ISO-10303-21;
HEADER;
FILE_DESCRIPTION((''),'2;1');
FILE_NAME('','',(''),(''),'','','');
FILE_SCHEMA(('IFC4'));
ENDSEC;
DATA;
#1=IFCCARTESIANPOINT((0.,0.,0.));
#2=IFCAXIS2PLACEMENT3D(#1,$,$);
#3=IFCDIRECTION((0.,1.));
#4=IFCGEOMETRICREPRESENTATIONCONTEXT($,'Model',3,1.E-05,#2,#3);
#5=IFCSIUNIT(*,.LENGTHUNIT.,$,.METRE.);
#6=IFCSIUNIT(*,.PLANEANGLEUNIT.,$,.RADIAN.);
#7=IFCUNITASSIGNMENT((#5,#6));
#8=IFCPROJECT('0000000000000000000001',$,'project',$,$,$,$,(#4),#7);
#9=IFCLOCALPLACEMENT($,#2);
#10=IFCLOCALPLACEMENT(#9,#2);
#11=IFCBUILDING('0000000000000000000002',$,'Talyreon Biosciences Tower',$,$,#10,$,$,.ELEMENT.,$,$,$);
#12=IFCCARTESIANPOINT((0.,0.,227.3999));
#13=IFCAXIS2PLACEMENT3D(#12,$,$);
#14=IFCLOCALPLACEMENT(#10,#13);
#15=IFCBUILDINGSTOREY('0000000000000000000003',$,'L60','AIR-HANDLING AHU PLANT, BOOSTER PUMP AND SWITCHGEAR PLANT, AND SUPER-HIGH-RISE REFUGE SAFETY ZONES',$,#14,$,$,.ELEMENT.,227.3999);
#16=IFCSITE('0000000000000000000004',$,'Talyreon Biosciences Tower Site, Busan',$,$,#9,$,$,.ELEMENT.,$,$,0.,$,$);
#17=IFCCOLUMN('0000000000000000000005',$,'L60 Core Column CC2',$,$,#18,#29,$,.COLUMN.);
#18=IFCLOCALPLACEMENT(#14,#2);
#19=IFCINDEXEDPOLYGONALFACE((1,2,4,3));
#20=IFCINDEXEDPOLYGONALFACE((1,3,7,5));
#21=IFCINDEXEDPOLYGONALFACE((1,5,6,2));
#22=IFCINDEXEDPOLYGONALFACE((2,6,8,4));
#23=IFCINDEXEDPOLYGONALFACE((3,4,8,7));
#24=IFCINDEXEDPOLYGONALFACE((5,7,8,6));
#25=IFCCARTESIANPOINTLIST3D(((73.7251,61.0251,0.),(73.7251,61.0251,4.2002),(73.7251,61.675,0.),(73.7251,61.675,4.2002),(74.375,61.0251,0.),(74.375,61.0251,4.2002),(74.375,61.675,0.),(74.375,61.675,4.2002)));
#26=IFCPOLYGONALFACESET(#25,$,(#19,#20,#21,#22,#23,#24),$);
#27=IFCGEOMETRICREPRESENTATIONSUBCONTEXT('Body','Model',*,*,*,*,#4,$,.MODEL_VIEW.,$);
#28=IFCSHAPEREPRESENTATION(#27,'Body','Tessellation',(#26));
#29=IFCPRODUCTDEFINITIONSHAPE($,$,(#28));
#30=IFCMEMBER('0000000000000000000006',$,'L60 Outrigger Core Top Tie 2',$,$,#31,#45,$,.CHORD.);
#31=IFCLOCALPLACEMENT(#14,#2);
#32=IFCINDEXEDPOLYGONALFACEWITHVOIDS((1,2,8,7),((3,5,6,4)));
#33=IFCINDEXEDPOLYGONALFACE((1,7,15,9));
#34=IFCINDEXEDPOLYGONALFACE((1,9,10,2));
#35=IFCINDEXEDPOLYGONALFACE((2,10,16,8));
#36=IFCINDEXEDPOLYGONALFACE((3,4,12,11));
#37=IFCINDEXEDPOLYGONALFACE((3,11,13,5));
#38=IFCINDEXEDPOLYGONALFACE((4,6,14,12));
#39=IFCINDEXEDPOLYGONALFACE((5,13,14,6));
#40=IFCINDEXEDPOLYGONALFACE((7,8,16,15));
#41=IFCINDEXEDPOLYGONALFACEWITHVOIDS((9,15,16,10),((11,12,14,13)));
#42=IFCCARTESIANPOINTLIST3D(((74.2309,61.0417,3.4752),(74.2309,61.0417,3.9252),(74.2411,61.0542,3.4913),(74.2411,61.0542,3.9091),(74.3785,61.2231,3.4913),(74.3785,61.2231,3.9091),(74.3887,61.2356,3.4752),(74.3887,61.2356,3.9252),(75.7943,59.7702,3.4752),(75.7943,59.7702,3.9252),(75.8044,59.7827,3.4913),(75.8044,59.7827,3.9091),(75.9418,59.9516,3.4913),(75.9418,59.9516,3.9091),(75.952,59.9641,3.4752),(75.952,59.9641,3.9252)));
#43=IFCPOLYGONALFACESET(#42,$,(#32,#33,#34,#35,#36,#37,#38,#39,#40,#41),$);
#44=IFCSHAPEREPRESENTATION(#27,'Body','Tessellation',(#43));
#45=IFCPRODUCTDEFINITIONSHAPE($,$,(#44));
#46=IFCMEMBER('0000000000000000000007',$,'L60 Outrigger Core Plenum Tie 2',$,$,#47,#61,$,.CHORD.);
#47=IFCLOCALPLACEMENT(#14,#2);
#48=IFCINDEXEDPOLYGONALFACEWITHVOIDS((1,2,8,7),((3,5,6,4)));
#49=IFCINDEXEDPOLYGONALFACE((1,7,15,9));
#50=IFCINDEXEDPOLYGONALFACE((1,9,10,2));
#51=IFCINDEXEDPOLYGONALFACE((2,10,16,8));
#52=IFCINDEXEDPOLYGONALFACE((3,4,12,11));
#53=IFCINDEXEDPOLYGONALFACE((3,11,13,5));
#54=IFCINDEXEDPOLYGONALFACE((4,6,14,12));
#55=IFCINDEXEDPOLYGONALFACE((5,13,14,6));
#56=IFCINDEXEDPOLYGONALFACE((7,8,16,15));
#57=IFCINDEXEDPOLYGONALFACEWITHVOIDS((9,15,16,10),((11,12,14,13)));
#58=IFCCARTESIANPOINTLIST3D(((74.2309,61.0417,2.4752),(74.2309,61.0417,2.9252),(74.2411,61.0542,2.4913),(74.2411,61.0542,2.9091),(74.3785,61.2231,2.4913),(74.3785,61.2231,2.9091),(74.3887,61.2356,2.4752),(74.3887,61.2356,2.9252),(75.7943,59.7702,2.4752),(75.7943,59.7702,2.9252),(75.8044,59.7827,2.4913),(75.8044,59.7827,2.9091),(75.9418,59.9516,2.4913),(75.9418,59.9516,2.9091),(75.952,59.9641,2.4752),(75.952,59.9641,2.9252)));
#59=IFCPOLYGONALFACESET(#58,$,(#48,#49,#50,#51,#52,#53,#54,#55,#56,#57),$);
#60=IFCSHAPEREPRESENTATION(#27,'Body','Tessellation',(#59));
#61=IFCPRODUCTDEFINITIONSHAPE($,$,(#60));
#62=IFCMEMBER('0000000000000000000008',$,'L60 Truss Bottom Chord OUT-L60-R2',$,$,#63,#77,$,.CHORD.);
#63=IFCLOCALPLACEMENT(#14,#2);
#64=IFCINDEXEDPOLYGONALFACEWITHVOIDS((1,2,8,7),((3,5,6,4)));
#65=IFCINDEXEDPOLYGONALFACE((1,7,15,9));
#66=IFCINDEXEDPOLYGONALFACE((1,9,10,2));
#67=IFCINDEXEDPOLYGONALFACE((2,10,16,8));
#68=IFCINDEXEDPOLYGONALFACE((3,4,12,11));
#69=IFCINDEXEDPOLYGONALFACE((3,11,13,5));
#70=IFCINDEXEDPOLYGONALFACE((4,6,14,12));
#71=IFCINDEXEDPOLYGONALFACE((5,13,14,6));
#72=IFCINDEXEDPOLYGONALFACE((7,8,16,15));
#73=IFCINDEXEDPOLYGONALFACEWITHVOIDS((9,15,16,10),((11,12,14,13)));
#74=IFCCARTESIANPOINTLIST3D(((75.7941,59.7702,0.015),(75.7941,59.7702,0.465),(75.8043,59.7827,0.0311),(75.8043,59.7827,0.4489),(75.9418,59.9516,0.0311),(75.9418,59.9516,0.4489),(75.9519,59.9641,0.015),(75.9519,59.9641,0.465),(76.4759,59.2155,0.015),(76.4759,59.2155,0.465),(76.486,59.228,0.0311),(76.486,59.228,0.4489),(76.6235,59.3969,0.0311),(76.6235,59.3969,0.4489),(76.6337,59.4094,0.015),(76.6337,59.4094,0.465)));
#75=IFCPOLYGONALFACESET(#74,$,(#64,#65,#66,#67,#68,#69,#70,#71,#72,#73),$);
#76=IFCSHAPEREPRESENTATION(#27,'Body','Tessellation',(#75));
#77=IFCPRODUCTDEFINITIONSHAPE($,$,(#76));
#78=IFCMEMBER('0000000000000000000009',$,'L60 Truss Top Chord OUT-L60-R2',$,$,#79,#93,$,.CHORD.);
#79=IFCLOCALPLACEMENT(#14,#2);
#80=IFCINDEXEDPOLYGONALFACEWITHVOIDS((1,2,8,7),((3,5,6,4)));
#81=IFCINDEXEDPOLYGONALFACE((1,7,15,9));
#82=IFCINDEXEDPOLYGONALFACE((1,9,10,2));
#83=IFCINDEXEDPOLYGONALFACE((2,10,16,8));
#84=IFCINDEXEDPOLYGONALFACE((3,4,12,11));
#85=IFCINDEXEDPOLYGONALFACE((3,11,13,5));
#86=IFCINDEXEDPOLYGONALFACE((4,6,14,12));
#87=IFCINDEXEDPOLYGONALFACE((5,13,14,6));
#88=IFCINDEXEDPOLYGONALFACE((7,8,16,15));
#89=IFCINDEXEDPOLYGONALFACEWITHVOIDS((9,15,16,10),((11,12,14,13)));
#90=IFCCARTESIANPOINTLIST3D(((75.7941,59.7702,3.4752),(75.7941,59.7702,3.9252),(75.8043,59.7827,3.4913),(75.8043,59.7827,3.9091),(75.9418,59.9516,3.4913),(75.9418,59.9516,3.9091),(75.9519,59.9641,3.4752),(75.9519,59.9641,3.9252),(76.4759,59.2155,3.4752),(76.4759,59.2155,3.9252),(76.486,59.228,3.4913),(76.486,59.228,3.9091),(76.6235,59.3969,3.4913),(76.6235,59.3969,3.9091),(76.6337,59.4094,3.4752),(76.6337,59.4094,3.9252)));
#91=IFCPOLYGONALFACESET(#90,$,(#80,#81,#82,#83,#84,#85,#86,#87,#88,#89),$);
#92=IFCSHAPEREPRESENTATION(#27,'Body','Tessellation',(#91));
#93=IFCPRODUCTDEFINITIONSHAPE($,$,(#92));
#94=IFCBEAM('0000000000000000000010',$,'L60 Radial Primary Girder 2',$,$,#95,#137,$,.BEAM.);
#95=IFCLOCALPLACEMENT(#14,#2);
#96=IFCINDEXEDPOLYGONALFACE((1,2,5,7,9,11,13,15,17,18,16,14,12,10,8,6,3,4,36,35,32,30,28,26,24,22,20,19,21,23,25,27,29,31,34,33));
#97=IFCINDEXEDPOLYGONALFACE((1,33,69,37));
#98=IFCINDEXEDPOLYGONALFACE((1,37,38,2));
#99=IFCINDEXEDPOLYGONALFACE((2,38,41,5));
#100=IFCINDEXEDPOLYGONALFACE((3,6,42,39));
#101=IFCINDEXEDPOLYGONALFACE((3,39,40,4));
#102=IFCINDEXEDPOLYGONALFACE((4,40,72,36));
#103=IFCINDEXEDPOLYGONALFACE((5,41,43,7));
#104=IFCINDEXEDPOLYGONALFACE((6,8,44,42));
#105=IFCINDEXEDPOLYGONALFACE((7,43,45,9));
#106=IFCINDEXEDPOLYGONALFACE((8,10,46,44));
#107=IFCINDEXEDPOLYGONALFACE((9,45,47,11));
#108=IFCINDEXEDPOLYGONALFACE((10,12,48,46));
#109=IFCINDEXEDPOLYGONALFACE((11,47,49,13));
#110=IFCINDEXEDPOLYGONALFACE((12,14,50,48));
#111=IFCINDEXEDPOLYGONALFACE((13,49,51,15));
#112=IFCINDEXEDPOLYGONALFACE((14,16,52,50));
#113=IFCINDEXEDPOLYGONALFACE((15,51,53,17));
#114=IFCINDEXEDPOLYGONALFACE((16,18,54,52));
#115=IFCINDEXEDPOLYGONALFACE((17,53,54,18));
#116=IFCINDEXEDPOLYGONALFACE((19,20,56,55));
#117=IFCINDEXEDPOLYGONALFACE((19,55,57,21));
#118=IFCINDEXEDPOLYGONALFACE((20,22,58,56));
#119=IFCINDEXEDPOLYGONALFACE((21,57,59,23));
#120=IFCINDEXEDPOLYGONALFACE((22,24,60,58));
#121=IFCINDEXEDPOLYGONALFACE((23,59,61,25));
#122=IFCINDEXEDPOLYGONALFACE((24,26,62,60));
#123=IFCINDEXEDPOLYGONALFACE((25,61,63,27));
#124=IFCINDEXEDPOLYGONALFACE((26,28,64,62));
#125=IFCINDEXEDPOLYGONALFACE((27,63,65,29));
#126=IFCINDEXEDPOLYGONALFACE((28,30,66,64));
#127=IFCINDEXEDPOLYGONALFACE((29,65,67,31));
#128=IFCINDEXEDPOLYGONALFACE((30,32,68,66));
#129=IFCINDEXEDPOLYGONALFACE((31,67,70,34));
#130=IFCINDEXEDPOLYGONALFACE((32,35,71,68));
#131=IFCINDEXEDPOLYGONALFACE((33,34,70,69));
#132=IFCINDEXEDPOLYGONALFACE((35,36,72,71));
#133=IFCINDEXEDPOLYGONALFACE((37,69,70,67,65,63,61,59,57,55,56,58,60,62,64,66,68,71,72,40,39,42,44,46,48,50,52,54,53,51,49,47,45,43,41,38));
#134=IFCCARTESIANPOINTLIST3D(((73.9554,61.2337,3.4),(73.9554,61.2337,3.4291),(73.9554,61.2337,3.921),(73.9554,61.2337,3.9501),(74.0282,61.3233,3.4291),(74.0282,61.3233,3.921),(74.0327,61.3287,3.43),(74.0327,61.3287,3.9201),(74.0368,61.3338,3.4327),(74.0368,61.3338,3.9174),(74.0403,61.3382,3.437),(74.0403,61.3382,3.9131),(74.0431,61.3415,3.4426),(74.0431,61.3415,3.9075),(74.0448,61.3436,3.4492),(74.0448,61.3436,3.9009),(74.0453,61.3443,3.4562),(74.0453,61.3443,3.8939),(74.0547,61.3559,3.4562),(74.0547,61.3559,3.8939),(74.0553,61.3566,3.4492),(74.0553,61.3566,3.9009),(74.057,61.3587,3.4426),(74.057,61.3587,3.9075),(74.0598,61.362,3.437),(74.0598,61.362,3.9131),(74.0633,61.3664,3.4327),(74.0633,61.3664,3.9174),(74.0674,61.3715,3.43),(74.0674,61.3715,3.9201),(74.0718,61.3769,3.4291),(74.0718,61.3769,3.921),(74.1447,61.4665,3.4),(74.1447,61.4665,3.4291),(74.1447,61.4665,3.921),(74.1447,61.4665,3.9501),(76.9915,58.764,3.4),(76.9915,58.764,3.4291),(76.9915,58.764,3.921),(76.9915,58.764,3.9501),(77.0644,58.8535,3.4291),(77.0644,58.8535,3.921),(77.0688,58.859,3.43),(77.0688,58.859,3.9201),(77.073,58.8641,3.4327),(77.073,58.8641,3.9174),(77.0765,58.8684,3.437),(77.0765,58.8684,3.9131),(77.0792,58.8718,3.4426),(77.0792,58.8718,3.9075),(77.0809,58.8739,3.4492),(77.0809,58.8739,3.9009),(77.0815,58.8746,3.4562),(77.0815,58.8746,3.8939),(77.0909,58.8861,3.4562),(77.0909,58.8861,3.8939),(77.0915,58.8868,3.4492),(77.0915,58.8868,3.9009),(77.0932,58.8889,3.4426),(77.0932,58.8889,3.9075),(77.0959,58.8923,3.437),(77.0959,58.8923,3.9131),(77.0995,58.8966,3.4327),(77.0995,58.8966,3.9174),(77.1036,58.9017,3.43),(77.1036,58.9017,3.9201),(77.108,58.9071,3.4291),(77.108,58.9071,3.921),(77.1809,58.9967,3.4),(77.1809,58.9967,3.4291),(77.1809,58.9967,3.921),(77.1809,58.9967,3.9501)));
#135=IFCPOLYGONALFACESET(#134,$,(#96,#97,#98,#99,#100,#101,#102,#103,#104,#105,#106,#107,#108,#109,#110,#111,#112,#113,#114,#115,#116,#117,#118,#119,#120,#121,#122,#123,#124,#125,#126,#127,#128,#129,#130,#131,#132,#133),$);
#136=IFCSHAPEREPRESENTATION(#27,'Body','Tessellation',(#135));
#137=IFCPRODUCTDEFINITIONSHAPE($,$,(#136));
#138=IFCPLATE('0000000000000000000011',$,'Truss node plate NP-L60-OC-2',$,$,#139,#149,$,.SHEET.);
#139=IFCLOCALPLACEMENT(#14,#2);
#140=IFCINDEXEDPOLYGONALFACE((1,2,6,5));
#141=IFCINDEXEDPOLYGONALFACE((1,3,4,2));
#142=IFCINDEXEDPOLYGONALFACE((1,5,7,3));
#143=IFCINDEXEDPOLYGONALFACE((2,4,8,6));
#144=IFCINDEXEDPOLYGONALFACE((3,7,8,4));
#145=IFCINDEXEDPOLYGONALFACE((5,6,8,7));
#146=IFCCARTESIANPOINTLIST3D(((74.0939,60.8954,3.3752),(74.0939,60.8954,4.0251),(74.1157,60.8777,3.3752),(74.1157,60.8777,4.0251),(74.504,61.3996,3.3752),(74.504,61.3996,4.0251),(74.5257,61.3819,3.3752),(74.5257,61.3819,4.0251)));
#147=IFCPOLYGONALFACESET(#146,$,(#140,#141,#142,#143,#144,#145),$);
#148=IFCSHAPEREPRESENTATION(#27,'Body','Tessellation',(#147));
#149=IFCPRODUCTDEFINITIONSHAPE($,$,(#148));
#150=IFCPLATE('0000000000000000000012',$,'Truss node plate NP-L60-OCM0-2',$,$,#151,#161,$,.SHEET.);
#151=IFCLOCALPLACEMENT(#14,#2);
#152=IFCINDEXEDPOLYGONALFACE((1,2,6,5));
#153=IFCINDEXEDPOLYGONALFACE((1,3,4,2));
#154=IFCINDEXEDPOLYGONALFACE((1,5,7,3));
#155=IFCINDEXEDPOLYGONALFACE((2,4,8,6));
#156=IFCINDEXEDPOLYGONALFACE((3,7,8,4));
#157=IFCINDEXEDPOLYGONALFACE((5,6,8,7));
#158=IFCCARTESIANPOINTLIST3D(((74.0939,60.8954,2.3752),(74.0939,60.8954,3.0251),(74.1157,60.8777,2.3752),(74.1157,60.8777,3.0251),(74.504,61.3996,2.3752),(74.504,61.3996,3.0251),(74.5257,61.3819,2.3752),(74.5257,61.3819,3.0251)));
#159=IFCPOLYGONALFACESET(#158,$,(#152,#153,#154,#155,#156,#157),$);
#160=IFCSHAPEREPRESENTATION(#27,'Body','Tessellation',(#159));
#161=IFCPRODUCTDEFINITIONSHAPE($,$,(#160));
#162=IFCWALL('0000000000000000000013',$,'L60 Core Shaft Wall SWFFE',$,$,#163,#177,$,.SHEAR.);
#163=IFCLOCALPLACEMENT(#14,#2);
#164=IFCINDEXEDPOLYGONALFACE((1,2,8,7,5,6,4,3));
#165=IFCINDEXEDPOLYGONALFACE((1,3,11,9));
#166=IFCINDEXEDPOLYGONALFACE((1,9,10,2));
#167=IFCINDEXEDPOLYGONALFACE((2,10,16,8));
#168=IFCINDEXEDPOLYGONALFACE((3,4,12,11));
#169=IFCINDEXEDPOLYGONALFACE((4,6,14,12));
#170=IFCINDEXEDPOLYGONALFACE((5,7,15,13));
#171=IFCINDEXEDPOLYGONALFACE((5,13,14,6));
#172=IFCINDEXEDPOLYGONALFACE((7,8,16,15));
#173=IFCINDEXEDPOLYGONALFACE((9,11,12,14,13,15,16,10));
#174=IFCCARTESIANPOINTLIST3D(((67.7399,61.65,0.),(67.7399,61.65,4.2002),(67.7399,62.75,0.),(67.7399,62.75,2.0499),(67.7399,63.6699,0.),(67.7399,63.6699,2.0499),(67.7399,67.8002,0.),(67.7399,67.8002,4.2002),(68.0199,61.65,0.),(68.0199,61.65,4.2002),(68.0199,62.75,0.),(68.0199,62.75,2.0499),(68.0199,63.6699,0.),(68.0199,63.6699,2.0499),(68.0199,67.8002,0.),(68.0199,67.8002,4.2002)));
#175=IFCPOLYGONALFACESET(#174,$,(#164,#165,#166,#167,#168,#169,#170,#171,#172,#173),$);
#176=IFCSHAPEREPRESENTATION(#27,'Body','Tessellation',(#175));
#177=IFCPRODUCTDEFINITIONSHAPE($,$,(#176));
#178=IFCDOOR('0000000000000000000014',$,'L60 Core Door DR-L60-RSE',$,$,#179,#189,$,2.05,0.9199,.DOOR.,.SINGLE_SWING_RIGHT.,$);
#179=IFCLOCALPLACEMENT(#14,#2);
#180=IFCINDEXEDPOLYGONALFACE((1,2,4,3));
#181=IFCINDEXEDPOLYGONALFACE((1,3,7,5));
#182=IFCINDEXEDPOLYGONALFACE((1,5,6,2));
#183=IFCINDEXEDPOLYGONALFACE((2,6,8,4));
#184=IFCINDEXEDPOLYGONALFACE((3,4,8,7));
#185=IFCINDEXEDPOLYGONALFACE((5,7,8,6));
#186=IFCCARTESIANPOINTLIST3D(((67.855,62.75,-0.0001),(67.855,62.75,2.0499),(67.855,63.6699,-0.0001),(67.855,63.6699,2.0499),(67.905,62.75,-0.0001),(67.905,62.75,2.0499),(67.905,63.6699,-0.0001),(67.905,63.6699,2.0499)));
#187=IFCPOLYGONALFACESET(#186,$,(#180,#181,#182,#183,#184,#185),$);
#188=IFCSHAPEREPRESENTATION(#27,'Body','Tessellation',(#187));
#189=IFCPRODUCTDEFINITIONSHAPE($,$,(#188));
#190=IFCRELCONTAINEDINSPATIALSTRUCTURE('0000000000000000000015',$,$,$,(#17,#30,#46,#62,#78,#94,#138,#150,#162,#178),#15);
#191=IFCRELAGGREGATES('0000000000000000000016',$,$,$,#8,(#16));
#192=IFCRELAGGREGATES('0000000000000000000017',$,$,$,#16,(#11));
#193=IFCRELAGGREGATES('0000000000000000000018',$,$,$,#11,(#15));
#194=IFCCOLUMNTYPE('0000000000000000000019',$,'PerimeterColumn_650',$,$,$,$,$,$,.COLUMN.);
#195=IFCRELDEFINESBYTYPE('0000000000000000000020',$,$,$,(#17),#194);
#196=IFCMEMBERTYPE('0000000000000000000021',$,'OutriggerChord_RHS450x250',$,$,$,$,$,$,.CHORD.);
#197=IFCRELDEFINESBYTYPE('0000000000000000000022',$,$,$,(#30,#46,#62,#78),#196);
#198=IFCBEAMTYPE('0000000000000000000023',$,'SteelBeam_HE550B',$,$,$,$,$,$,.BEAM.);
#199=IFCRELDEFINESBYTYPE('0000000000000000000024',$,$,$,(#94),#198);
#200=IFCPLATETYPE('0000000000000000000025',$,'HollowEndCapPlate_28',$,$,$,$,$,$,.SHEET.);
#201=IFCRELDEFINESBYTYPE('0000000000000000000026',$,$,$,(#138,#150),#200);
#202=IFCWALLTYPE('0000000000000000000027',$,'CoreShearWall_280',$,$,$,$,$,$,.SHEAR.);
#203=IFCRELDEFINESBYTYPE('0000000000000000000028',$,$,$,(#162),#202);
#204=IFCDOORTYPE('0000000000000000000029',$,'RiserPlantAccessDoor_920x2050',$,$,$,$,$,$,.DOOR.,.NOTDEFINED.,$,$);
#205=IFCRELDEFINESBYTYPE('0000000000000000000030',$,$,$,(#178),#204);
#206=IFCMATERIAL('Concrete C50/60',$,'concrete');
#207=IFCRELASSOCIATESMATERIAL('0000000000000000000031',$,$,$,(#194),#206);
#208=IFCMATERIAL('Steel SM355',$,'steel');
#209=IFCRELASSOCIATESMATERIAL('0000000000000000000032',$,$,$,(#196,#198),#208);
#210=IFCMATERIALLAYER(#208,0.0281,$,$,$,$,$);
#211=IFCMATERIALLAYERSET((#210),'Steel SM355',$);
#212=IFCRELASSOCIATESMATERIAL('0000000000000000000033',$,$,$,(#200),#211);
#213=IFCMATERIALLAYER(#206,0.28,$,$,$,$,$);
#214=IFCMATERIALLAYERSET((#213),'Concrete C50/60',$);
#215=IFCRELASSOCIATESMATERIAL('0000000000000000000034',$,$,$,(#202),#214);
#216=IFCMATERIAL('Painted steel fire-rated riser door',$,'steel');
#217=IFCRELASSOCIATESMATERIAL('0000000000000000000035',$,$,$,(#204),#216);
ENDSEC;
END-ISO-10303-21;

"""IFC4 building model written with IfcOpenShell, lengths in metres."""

from ifc_helpers import new_model, si_unit, direction, frame, frame_2d, origin, origin_2d, place, context, subcontext, project, spatial, rectangle, hollow_rectangle, i_section, extrude, material, layer, layer_set, material_profile, profile_set, type_object, element, fill, save


model = new_model("IFC4")

# Units and contexts
model_context = context("Model", 3, precision=1e-05, world=origin(), true_north=direction((0.0, 1.0)))
body_context = subcontext(model_context, "Body", "Model", "MODEL_VIEW")
ifc_project = project(units=[si_unit("LENGTHUNIT", "METRE"), si_unit("PLANEANGLEUNIT", "RADIAN")], contexts=[model_context])

# Site, building, storey
site_placement = place(None, origin())
site = spatial("IfcSite", under=ifc_project, at=site_placement, Name="Talyreon Biosciences Tower Site, Busan", CompositionType="ELEMENT", RefElevation=0.0)
building_placement = place(site_placement, origin())
building = spatial("IfcBuilding", under=site, at=building_placement, Name="Talyreon Biosciences Tower", CompositionType="ELEMENT")
storey_placement = place(building_placement, frame((0.0, 0.0, 227.3999)))
storey = spatial("IfcBuildingStorey", under=building, at=storey_placement, Name="L60", Description="AIR-HANDLING AHU PLANT, BOOSTER PUMP AND SWITCHGEAR PLANT, AND SUPER-HIGH-RISE REFUGE SAFETY ZONES", CompositionType="ELEMENT", Elevation=227.3999)

# Column
ifc_material_1 = material(Name="Concrete C50/60", Category="concrete")
ifc_material_profile_1 = material_profile(ifc_material_1, rectangle(XDim=0.6499, YDim=0.6499, at=origin_2d()), Name="RC 650x650")
ifc_profile_set_1 = profile_set([ifc_material_profile_1], Name="Concrete C50/60")
column_type = type_object("IfcColumnType", Name="PerimeterColumn_650", PredefinedType="COLUMN", material=ifc_profile_set_1)
column_placement = place(storey_placement, frame((74.05, 61.3501, 0.0), z_axis=(0.0, 0.0, 1.0), x_axis=(1.0, 0.0, 0.0)))
element("IfcColumn", 1, at=column_placement, inside=storey, type_object=column_type, Name="L60 Core Column CC2", PredefinedType="COLUMN", context=body_context, shape_type="SweptSolid", body=[
    extrude(rectangle(XDim=0.6499, YDim=0.6499, at=origin_2d()), origin(), (0.0, 0.0, 1.0), 4.2002),
])

# Members
ifc_material_2 = material(Name="Steel SM355", Category="steel")
ifc_material_profile_2 = material_profile(ifc_material_2, hollow_rectangle(XDim=0.25, YDim=0.45, WallThickness=0.0161, at=origin_2d()), Name="RHS 450x250x16")
ifc_profile_set_2 = profile_set([ifc_material_profile_2], Name="Steel SM355")
member_type = type_object("IfcMemberType", Name="OutriggerChord_RHS450x250", PredefinedType="CHORD", material=ifc_profile_set_2)
for number, where, z_axis, x_axis, name in (
    (2, (74.3098, 61.1387, 3.7002), (0.775784, -0.630998, 0.0), (0.630998, 0.775784, 0.0), "L60 Outrigger Core Top Tie 2"),
    (3, (74.3098, 61.1387, 2.7002), (0.775784, -0.630998, 0.0), (0.630998, 0.775784, 0.0), "L60 Outrigger Core Plenum Tie 2"),
):
    element("IfcMember", number, at=place(storey_placement, frame(where, z_axis=z_axis, x_axis=x_axis)), inside=storey, type_object=member_type, Name=name, PredefinedType="CHORD", context=body_context, shape_type="SweptSolid", body=[
        extrude(hollow_rectangle(XDim=0.25, YDim=0.45, WallThickness=0.0161, at=origin_2d()), origin(), (0.0, 0.0, 1.0), 2.0151),
    ])
for number, where, z_axis, x_axis, name in (
    (4, (75.873, 59.8672, 0.24), (0.775638, -0.631178, 0.0), (0.631178, 0.775638, 0.0), "L60 Truss Bottom Chord OUT-L60-R2"),
    (5, (75.873, 59.8672, 3.7002), (0.775638, -0.631178, 0.0), (0.631178, 0.775638, 0.0), "L60 Truss Top Chord OUT-L60-R2"),
):
    element("IfcMember", number, at=place(storey_placement, frame(where, z_axis=z_axis, x_axis=x_axis)), inside=storey, type_object=member_type, Name=name, PredefinedType="CHORD", context=body_context, shape_type="SweptSolid", body=[
        extrude(hollow_rectangle(XDim=0.25, YDim=0.45, WallThickness=0.0161, at=origin_2d()), origin(), (0.0, 0.0, 1.0), 0.8789),
    ])

# Beam
ifc_material_profile_3 = material_profile(ifc_material_2, i_section(OverallWidth=0.3, OverallDepth=0.55, WebThickness=0.0149, FlangeThickness=0.0291, FilletRadius=0.0271, at=origin_2d()), Name="HE550B")
ifc_profile_set_3 = profile_set([ifc_material_profile_3], Name="Steel SM355")
beam_type = type_object("IfcBeamType", Name="SteelBeam_HE550B", PredefinedType="BEAM", material=ifc_profile_set_3)
beam_placement = place(storey_placement, frame((74.05, 61.3501, 3.675), z_axis=(0.775755, -0.631034, 0.0), x_axis=(0.631034, 0.775755, 0.0)))
element("IfcBeam", 6, at=beam_placement, inside=storey, type_object=beam_type, Name="L60 Radial Primary Girder 2", PredefinedType="BEAM", context=body_context, shape_type="SweptSolid", body=[
    extrude(i_section(OverallWidth=0.3, OverallDepth=0.55, WebThickness=0.0149, FlangeThickness=0.0291, FilletRadius=0.0271, at=origin_2d()), origin(), (0.0, 0.0, 1.0), 3.9138),
])

# Plates
ifc_layer_1 = layer(ifc_material_2, 0.0281)
ifc_layer_set_1 = layer_set([ifc_layer_1], Name="Steel SM355")
plate_type = type_object("IfcPlateType", Name="HollowEndCapPlate_28", PredefinedType="SHEET", material=ifc_layer_set_1)
for number, where, z_axis, x_axis, name in (
    (7, (74.3098, 61.1387, 3.3752), (0.0, 0.0, 1.0), (0.631001, 0.775782, 0.0), "Truss node plate NP-L60-OC-2"),
    (8, (74.3098, 61.1387, 2.3752), (0.0, 0.0, 1.0), (0.631001, 0.775782, 0.0), "Truss node plate NP-L60-OCM0-2"),
):
    element("IfcPlate", number, at=place(storey_placement, frame(where, z_axis=z_axis, x_axis=x_axis)), inside=storey, type_object=plate_type, Name=name, PredefinedType="SHEET", context=body_context, shape_type="SweptSolid", body=[
        extrude(rectangle(XDim=0.6499, YDim=0.0281, at=origin_2d()), origin(), (0.0, 0.0, 1.0), 0.6499),
    ])

# Wall, opening, door
ifc_layer_2 = layer(ifc_material_1, 0.28)
ifc_layer_set_2 = layer_set([ifc_layer_2], Name="Concrete C50/60")
wall_type_1 = type_object("IfcWallType", Name="CoreShearWall_280", PredefinedType="SHEAR", material=ifc_layer_set_2)
wall_1_placement = place(storey_placement, frame((67.8799, 61.6499, 0.0), z_axis=(0.0, 0.0, 1.0), x_axis=(0.0, 1.0, 0.0)))
wall_1 = element("IfcWall", 9, at=wall_1_placement, inside=storey, type_object=wall_type_1, Name="L60 Core Shaft Wall SWFFE", PredefinedType="SHEAR", context=body_context, shape_type="SweptSolid", body=[
    extrude(rectangle(XDim=6.1501, YDim=0.28, at=frame_2d((3.0752, 0.0))), origin(), (0.0, 0.0, 1.0), 4.2002),
])
opening_1_placement = place(wall_1_placement, frame((1.1001, 0.0, 0.0)))
opening_1 = element("IfcOpeningElement", 10, at=opening_1_placement, cuts=wall_1, PredefinedType="OPENING", context=body_context, shape_type="SweptSolid", body=[
    extrude(rectangle(XDim=0.9199, YDim=2.05, at=frame_2d((0.46, 1.0249))), frame((0.0, 0.1499, 0.0), z_axis=(0.0, -1.0, 0.0), x_axis=(1.0, 0.0, 0.0)), (0.0, 0.0, 1.0), 0.3),
])
ifc_material_3 = material(Name="Painted steel fire-rated riser door", Category="steel")
door_type = type_object("IfcDoorType", Name="RiserPlantAccessDoor_920x2050", OperationType="NOTDEFINED", PredefinedType="DOOR", material=ifc_material_3)
door_1_placement = place(opening_1_placement, origin())
door_1 = element("IfcDoor", 11, at=door_1_placement, inside=storey, type_object=door_type, Name="L60 Core Door DR-L60-RSE", OperationType="SINGLE_SWING_RIGHT", OverallHeight=2.05, OverallWidth=0.9199, PredefinedType="DOOR", context=body_context, shape_type="SweptSolid", body=[
    extrude(rectangle(XDim=0.9199, YDim=2.05, at=frame_2d((0.46, 1.0249))), frame((0.0, 0.0249, 0.0), z_axis=(0.0, -1.0, 0.0), x_axis=(1.0, 0.0, 0.0)), (0.0, 0.0, 1.0), 0.05),
])
fill(opening_1, door_1)

save(model, "model.ifc")
